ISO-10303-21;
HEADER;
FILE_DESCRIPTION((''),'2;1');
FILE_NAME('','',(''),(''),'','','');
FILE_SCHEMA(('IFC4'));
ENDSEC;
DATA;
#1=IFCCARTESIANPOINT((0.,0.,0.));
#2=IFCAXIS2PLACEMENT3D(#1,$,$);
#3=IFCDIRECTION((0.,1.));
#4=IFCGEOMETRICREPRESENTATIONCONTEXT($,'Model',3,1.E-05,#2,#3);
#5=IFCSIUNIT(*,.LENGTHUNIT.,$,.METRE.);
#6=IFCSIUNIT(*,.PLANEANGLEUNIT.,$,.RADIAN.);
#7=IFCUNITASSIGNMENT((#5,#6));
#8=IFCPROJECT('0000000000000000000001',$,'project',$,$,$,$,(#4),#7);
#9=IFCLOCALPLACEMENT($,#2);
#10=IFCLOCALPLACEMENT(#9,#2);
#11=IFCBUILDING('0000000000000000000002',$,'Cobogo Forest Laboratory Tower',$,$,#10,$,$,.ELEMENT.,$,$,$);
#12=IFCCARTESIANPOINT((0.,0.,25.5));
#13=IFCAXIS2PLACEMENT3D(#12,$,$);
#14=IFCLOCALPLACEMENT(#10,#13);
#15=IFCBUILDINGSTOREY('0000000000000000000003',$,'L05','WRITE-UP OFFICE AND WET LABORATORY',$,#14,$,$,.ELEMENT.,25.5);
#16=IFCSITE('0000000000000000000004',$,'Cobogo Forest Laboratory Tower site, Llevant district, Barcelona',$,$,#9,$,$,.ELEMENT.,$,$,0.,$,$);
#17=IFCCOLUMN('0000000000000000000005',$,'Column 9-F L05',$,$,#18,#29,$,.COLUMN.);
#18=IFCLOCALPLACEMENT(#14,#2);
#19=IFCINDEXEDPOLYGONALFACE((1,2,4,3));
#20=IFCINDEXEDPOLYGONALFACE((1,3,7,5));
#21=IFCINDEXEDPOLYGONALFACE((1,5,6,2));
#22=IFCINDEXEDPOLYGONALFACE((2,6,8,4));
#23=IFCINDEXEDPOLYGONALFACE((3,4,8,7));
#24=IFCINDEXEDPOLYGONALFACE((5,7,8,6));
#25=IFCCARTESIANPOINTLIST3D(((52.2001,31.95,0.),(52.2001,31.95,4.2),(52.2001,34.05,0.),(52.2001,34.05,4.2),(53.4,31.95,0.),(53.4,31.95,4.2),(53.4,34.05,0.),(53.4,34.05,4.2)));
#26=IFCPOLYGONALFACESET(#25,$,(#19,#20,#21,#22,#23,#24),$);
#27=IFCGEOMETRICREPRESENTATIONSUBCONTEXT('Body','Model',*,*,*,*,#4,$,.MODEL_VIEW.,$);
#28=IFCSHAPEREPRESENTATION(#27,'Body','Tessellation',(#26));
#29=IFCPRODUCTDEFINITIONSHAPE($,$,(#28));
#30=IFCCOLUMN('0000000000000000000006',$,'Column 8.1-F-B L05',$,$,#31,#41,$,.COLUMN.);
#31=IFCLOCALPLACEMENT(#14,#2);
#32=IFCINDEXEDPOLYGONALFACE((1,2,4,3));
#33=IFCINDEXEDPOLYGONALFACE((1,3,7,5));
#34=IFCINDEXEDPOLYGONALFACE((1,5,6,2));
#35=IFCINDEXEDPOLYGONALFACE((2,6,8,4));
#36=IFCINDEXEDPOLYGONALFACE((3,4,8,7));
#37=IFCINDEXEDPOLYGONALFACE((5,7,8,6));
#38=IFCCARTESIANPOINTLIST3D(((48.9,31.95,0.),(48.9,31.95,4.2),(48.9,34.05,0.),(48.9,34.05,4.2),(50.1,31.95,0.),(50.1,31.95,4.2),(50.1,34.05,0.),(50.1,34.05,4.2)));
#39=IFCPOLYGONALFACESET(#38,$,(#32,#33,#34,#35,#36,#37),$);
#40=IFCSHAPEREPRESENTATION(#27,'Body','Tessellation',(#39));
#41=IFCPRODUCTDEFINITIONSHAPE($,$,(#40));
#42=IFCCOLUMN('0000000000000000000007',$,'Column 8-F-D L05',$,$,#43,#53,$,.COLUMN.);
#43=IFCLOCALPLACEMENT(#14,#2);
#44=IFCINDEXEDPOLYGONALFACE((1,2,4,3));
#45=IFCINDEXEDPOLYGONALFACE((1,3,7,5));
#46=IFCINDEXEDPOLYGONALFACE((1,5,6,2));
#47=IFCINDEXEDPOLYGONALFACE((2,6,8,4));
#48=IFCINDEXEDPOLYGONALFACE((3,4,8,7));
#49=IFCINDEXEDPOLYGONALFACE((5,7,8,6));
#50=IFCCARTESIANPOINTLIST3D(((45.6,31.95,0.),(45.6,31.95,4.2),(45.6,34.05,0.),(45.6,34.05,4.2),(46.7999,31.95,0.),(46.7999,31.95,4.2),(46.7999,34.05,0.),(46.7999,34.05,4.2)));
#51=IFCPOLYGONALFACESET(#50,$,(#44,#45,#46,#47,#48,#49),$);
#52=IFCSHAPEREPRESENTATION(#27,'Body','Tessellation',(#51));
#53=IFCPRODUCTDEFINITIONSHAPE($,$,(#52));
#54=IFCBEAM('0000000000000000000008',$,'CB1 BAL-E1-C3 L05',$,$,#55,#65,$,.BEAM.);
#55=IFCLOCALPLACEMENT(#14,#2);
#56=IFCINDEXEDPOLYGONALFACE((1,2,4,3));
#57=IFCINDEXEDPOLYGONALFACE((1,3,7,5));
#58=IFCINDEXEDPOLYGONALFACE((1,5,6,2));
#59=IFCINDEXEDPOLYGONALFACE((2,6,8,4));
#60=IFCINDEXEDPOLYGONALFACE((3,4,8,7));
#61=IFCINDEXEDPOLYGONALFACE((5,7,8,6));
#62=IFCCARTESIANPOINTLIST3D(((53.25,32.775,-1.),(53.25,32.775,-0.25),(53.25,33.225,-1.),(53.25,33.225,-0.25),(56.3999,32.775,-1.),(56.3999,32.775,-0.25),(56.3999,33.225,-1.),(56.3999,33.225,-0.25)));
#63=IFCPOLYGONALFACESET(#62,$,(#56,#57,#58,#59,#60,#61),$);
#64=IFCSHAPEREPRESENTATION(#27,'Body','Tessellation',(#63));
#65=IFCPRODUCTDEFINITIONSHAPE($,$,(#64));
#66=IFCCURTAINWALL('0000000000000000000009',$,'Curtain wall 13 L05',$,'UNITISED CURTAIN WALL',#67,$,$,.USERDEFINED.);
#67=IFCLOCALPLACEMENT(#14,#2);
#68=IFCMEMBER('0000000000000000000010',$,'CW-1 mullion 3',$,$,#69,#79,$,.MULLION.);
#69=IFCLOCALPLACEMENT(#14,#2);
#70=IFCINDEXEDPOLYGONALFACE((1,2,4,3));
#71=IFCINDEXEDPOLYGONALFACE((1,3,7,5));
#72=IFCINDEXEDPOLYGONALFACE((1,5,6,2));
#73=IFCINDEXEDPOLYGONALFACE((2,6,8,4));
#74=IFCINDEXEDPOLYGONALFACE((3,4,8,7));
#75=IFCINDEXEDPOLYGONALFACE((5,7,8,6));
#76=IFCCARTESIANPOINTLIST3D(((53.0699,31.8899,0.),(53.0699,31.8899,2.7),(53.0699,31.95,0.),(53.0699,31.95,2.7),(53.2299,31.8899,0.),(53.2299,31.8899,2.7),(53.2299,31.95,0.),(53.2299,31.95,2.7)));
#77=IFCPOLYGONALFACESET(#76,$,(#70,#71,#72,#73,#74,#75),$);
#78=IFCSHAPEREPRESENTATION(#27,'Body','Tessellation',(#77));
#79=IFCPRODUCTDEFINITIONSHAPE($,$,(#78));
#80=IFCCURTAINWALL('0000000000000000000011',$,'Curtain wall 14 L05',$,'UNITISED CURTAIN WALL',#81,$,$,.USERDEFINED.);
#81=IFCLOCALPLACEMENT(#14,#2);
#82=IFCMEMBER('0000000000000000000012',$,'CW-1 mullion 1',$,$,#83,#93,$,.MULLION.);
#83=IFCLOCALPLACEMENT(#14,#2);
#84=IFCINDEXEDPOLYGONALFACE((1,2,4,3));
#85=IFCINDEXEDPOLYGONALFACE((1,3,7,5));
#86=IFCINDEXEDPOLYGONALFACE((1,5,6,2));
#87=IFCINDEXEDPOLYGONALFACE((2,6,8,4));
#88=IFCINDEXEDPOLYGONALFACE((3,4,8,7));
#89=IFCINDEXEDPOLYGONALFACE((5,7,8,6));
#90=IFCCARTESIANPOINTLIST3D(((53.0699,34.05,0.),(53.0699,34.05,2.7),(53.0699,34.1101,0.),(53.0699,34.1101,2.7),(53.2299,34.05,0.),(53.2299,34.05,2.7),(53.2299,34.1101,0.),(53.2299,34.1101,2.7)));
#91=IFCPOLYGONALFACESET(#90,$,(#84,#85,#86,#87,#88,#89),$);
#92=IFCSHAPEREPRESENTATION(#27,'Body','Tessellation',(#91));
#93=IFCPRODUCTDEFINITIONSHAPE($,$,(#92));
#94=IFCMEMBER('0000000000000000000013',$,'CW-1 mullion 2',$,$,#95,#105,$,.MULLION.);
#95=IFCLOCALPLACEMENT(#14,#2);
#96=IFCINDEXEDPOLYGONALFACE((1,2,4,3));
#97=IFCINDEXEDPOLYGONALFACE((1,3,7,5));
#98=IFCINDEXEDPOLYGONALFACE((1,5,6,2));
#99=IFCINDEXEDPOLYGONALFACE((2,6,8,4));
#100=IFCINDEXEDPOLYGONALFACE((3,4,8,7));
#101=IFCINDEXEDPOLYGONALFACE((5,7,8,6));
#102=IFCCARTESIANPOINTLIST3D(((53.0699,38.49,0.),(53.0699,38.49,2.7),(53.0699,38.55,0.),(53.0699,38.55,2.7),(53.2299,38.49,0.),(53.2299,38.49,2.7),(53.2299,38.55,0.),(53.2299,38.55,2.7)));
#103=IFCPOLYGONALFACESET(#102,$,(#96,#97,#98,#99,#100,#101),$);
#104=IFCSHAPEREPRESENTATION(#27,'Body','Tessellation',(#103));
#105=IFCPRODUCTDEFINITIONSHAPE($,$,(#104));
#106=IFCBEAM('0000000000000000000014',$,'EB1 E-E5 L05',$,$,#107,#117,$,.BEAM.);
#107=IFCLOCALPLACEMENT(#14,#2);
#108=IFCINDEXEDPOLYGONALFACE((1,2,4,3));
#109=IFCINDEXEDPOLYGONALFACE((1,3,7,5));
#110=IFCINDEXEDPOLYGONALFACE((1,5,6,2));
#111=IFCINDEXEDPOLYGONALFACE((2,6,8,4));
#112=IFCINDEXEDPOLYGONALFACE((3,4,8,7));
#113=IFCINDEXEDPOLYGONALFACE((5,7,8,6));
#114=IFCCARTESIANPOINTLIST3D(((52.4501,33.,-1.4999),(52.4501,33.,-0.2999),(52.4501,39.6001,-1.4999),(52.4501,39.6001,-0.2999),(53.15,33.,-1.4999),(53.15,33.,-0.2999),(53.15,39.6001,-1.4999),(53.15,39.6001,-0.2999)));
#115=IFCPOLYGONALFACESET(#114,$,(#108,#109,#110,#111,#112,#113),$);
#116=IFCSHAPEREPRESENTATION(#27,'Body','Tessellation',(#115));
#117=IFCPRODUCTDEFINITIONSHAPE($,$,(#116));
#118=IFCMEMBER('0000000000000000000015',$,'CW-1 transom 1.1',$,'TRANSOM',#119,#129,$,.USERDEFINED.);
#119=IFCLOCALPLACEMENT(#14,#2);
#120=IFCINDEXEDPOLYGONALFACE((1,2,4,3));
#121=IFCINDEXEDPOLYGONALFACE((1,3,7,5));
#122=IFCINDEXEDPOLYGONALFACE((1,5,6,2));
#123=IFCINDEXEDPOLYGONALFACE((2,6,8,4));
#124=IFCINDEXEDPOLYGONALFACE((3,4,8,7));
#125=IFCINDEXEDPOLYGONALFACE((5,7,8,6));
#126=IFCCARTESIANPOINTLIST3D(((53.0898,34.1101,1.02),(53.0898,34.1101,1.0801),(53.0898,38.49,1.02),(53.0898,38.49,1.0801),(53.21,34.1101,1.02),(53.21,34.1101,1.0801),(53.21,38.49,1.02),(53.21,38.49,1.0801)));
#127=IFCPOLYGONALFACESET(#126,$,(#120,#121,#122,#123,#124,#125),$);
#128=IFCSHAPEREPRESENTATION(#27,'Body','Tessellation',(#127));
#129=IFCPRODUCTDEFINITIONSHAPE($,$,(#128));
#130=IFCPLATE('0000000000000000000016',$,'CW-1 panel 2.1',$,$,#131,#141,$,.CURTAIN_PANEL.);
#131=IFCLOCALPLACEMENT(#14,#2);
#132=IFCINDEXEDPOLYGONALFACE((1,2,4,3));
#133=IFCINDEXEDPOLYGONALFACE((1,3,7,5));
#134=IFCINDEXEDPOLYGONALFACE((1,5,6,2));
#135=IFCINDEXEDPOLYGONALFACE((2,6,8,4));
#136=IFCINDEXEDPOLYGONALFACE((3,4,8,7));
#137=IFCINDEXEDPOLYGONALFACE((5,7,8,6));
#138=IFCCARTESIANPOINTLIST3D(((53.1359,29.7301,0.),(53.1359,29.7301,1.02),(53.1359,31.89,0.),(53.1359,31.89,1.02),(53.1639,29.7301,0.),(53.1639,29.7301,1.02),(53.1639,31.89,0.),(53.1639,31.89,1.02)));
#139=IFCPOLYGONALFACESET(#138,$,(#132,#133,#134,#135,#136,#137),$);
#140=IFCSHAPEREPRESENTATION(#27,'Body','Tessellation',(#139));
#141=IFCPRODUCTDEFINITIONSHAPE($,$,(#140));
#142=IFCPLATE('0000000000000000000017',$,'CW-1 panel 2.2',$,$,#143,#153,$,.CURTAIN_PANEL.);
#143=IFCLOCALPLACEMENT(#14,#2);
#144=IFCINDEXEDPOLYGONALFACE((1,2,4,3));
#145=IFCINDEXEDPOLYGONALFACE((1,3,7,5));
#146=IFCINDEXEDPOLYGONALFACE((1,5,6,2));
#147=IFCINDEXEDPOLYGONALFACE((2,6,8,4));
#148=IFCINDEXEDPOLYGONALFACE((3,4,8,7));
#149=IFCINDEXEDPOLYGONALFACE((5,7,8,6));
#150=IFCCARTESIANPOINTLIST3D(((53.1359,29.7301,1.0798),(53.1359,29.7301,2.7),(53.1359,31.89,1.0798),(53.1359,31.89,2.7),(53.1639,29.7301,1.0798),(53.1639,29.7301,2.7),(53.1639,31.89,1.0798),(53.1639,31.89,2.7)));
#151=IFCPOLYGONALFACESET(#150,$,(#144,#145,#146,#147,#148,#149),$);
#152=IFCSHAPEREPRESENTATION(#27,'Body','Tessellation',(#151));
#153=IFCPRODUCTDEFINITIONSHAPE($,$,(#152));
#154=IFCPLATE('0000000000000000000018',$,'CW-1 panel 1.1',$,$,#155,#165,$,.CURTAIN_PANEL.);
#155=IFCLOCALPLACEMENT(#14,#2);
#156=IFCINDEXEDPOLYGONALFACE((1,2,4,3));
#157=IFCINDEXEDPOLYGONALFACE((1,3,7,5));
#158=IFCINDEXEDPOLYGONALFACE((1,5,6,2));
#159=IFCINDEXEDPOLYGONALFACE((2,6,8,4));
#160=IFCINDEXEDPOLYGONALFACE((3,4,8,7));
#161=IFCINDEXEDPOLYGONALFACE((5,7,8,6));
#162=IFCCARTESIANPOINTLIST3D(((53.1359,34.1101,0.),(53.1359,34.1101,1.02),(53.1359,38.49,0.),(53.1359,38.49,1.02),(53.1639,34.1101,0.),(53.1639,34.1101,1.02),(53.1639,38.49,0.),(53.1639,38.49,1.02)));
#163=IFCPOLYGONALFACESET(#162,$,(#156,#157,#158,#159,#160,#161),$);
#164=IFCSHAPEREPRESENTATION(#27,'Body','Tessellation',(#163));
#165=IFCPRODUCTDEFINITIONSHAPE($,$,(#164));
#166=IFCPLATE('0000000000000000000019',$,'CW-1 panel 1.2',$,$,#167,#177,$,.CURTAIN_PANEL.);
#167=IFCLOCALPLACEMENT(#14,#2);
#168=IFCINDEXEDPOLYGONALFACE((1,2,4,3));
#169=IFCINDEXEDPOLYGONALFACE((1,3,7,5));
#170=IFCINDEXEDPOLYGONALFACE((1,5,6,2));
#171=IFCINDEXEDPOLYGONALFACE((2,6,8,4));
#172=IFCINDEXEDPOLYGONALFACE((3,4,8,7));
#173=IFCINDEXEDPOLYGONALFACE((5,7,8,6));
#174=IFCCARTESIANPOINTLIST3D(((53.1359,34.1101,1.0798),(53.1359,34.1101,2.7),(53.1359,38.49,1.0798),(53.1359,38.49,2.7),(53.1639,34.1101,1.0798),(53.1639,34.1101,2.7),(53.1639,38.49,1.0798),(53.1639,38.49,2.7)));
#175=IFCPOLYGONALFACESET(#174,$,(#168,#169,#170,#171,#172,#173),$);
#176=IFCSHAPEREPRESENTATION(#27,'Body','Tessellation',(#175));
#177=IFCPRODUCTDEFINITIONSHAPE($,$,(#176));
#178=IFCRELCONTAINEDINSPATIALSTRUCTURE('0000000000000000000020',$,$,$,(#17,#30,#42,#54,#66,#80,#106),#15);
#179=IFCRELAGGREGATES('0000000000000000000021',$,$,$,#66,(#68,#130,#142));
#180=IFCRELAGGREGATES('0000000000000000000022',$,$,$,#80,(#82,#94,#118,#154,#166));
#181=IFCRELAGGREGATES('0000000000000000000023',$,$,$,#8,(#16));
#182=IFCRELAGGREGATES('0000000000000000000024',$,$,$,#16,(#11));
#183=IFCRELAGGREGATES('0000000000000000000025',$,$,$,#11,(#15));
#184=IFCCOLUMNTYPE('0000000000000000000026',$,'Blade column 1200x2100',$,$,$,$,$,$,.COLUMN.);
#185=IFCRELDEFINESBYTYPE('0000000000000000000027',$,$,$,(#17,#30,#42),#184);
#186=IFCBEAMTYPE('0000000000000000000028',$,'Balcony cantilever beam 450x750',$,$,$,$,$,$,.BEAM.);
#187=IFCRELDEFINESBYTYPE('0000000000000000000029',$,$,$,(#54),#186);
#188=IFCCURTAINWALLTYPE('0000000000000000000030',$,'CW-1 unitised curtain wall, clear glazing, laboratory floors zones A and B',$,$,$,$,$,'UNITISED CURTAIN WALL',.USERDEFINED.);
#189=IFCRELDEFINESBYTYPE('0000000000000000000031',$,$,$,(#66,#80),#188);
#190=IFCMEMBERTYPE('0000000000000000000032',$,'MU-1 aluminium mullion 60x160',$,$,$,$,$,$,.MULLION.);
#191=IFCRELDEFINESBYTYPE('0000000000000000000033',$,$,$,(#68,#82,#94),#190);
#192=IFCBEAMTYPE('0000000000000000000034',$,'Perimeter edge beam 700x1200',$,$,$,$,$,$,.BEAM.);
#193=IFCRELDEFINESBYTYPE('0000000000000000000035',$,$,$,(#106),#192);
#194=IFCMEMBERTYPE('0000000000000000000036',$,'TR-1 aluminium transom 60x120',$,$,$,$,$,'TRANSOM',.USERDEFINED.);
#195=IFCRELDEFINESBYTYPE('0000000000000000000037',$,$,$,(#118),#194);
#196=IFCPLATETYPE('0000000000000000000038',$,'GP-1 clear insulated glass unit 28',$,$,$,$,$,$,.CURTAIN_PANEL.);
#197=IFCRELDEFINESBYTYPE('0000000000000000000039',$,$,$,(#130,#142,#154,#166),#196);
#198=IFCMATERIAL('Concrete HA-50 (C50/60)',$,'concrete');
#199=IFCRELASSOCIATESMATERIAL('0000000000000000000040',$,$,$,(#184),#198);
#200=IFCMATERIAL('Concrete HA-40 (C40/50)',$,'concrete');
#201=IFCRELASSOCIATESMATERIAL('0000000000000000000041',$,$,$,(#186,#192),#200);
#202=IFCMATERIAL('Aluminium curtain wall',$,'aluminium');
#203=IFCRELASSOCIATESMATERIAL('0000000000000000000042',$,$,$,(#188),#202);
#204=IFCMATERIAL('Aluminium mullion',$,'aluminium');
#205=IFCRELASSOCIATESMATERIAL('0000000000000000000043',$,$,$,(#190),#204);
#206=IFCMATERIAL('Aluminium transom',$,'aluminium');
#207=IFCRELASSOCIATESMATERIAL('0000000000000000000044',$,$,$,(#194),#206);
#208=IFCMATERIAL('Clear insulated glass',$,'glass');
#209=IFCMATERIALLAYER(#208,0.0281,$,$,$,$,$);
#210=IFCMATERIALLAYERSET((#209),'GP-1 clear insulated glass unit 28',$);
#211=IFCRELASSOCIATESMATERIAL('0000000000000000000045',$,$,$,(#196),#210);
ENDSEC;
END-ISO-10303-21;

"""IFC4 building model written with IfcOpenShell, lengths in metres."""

from ifc_helpers import new_model, si_unit, direction, frame, origin, origin_2d, place, context, subcontext, project, spatial, rectangle, extrude, material, layer, layer_set, material_profile, profile_set, type_object, element, aggregate, save


model = new_model("IFC4")

# Units and contexts
model_context = context("Model", 3, precision=1e-05, world=origin(), true_north=direction((0.0, 1.0)))
body_context = subcontext(model_context, "Body", "Model", "MODEL_VIEW")
ifc_project = project(units=[si_unit("LENGTHUNIT", "METRE"), si_unit("PLANEANGLEUNIT", "RADIAN")], contexts=[model_context])

# Site, building, storey
site_placement = place(None, origin())
site = spatial("IfcSite", under=ifc_project, at=site_placement, Name="Cobogo Forest Laboratory Tower site, Llevant district, Barcelona", CompositionType="ELEMENT", RefElevation=0.0)
building_placement = place(site_placement, origin())
building = spatial("IfcBuilding", under=site, at=building_placement, Name="Cobogo Forest Laboratory Tower", CompositionType="ELEMENT")
storey_placement = place(building_placement, frame((0.0, 0.0, 25.5)))
storey = spatial("IfcBuildingStorey", under=building, at=storey_placement, Name="L05", Description="WRITE-UP OFFICE AND WET LABORATORY", CompositionType="ELEMENT", Elevation=25.5)

# Columns
ifc_material_1 = material(Name="Concrete HA-50 (C50/60)", Category="concrete")
ifc_material_profile_1 = material_profile(ifc_material_1, rectangle(XDim=2.1001, YDim=1.2, at=origin_2d()), Name="RC 1200x2100")
ifc_profile_set_1 = profile_set([ifc_material_profile_1], Name="Concrete HA-50 (C50/60)")
column_type = type_object("IfcColumnType", Name="Blade column 1200x2100", PredefinedType="COLUMN", material=ifc_profile_set_1)
for number, where, z_axis, x_axis, name in (
    (1, (52.8, 33.0, 0.0), (0.0, 0.0, 1.0), (0.0, 1.0, 0.0), "Column 9-F L05"),
    (2, (49.5, 33.0, 0.0), (0.0, 0.0, 1.0), (0.0, 1.0, 0.0), "Column 8.1-F-B L05"),
    (3, (46.2, 33.0, 0.0), (0.0, 0.0, 1.0), (0.0, 1.0, 0.0), "Column 8-F-D L05"),
):
    element("IfcColumn", number, at=place(storey_placement, frame(where, z_axis=z_axis, x_axis=x_axis)), inside=storey, type_object=column_type, Name=name, PredefinedType="COLUMN", context=body_context, shape_type="SweptSolid", body=[
        extrude(rectangle(XDim=2.1001, YDim=1.2, at=origin_2d()), origin(), (0.0, 0.0, 1.0), 4.2),
    ])

# Beam
ifc_material_2 = material(Name="Concrete HA-40 (C40/50)", Category="concrete")
ifc_material_profile_2 = material_profile(ifc_material_2, rectangle(XDim=0.45, YDim=0.75, at=origin_2d()), Name="RC 450x750")
ifc_profile_set_2 = profile_set([ifc_material_profile_2], Name="Concrete HA-40 (C40/50)")
beam_type_1 = type_object("IfcBeamType", Name="Balcony cantilever beam 450x750", PredefinedType="BEAM", material=ifc_profile_set_2)
beam_1_placement = place(storey_placement, frame((53.25, 33.0, -0.625), z_axis=(1.0, 0.0, 0.0), x_axis=(0.0, 1.0, 0.0)))
element("IfcBeam", 4, at=beam_1_placement, inside=storey, type_object=beam_type_1, Name="CB1 BAL-E1-C3 L05", PredefinedType="BEAM", context=body_context, shape_type="SweptSolid", body=[
    extrude(rectangle(XDim=0.45, YDim=0.75, at=origin_2d()), origin(), (0.0, 0.0, 1.0), 3.1499),
])

# Curtain wall, member
ifc_material_3 = material(Name="Aluminium curtain wall", Category="aluminium")
curtain_wall_type = type_object("IfcCurtainWallType", Name="CW-1 unitised curtain wall, clear glazing, laboratory floors zones A and B", ElementType="UNITISED CURTAIN WALL", PredefinedType="USERDEFINED", material=ifc_material_3)
curtain_wall_1_placement = place(storey_placement, origin())
curtain_wall_1 = element("IfcCurtainWall", 5, at=curtain_wall_1_placement, inside=storey, type_object=curtain_wall_type, Name="Curtain wall 13 L05", ObjectType="UNITISED CURTAIN WALL", PredefinedType="USERDEFINED")
ifc_material_4 = material(Name="Aluminium mullion", Category="aluminium")
ifc_material_profile_3 = material_profile(ifc_material_4, rectangle(XDim=0.0601, YDim=0.1599, at=origin_2d()), Name="AL 60x160")
ifc_profile_set_3 = profile_set([ifc_material_profile_3], Name="Aluminium mullion")
member_type_1 = type_object("IfcMemberType", Name="MU-1 aluminium mullion 60x160", PredefinedType="MULLION", material=ifc_profile_set_3)
member_1_placement = place(storey_placement, frame((53.1499, 31.9199, 0.0), z_axis=(0.0, 0.0, 1.0), x_axis=(0.0, 1.0, 0.0)))
member_1 = element("IfcMember", 6, at=member_1_placement, type_object=member_type_1, Name="CW-1 mullion 3", PredefinedType="MULLION", context=body_context, shape_type="SweptSolid", body=[
    extrude(rectangle(XDim=0.0601, YDim=0.1599, at=origin_2d()), origin(), (0.0, 0.0, 1.0), 2.7),
])

# Curtain wall, members
curtain_wall_2_placement = place(storey_placement, origin())
curtain_wall_2 = element("IfcCurtainWall", 7, at=curtain_wall_2_placement, inside=storey, type_object=curtain_wall_type, Name="Curtain wall 14 L05", ObjectType="UNITISED CURTAIN WALL", PredefinedType="USERDEFINED")
member_2_placement = place(storey_placement, frame((53.1499, 34.0801, 0.0), z_axis=(0.0, 0.0, 1.0), x_axis=(0.0, 1.0, 0.0)))
member_2 = element("IfcMember", 8, at=member_2_placement, type_object=member_type_1, Name="CW-1 mullion 1", PredefinedType="MULLION", context=body_context, shape_type="SweptSolid", body=[
    extrude(rectangle(XDim=0.0601, YDim=0.1599, at=origin_2d()), origin(), (0.0, 0.0, 1.0), 2.7),
])
member_3_placement = place(storey_placement, frame((53.1499, 38.52, 0.0), z_axis=(0.0, 0.0, 1.0), x_axis=(0.0, 1.0, 0.0)))
member_3 = element("IfcMember", 9, at=member_3_placement, type_object=member_type_1, Name="CW-1 mullion 2", PredefinedType="MULLION", context=body_context, shape_type="SweptSolid", body=[
    extrude(rectangle(XDim=0.0601, YDim=0.1599, at=origin_2d()), origin(), (0.0, 0.0, 1.0), 2.7),
])

# Beam
ifc_material_profile_4 = material_profile(ifc_material_2, rectangle(XDim=0.7, YDim=1.2, at=origin_2d()), Name="RC 700x1200")
ifc_profile_set_4 = profile_set([ifc_material_profile_4], Name="Concrete HA-40 (C40/50)")
beam_type_2 = type_object("IfcBeamType", Name="Perimeter edge beam 700x1200", PredefinedType="BEAM", material=ifc_profile_set_4)
beam_2_placement = place(storey_placement, frame((52.8, 33.0, -0.8999), z_axis=(0.0, 1.0, 0.0), x_axis=(-1.0, 0.0, 0.0)))
element("IfcBeam", 10, at=beam_2_placement, inside=storey, type_object=beam_type_2, Name="EB1 E-E5 L05", PredefinedType="BEAM", context=body_context, shape_type="SweptSolid", body=[
    extrude(rectangle(XDim=0.7, YDim=1.2, at=origin_2d()), origin(), (0.0, 0.0, 1.0), 6.6001),
])

# Member
ifc_material_5 = material(Name="Aluminium transom", Category="aluminium")
ifc_material_profile_5 = material_profile(ifc_material_5, rectangle(XDim=0.1201, YDim=0.0601, at=origin_2d()), Name="AL 60x120")
ifc_profile_set_5 = profile_set([ifc_material_profile_5], Name="Aluminium transom")
member_type_2 = type_object("IfcMemberType", Name="TR-1 aluminium transom 60x120", ElementType="TRANSOM", PredefinedType="USERDEFINED", material=ifc_profile_set_5)
member_4_placement = place(storey_placement, frame((53.1499, 34.1101, 1.05), z_axis=(0.0, 1.0, 0.0), x_axis=(-1.0, 0.0, 0.0)))
member_4 = element("IfcMember", 11, at=member_4_placement, type_object=member_type_2, Name="CW-1 transom 1.1", ObjectType="TRANSOM", PredefinedType="USERDEFINED", context=body_context, shape_type="SweptSolid", body=[
    extrude(rectangle(XDim=0.1201, YDim=0.0601, at=origin_2d()), origin(), (0.0, 0.0, 1.0), 4.3799),
])

# Plates
ifc_material_6 = material(Name="Clear insulated glass", Category="glass")
ifc_layer_1 = layer(ifc_material_6, 0.0281)
ifc_layer_set_1 = layer_set([ifc_layer_1], Name="GP-1 clear insulated glass unit 28")
plate_type_1 = type_object("IfcPlateType", Name="GP-1 clear insulated glass unit 28", PredefinedType="CURTAIN_PANEL", material=ifc_layer_set_1)
plate_1_placement = place(storey_placement, frame((53.1499, 30.8101, 0.0), z_axis=(0.0, 0.0, 1.0), x_axis=(0.0, 1.0, 0.0)))
plate_1 = element("IfcPlate", 12, at=plate_1_placement, type_object=plate_type_1, Name="CW-1 panel 2.1", PredefinedType="CURTAIN_PANEL", context=body_context, shape_type="SweptSolid", body=[
    extrude(rectangle(XDim=2.1599, YDim=0.0281, at=origin_2d()), origin(), (0.0, 0.0, 1.0), 1.02),
])
plate_2_placement = place(storey_placement, frame((53.1499, 30.8101, 1.0798), z_axis=(0.0, 0.0, 1.0), x_axis=(0.0, 1.0, 0.0)))
plate_2 = element("IfcPlate", 13, at=plate_2_placement, type_object=plate_type_1, Name="CW-1 panel 2.2", PredefinedType="CURTAIN_PANEL", context=body_context, shape_type="SweptSolid", body=[
    extrude(rectangle(XDim=2.1599, YDim=0.0281, at=origin_2d()), origin(), (0.0, 0.0, 1.0), 1.6201),
])
aggregate(curtain_wall_1, [member_1, plate_1, plate_2])
plate_3_placement = place(storey_placement, frame((53.1499, 36.3, 0.0), z_axis=(0.0, 0.0, 1.0), x_axis=(0.0, 1.0, 0.0)))
plate_3 = element("IfcPlate", 14, at=plate_3_placement, type_object=plate_type_1, Name="CW-1 panel 1.1", PredefinedType="CURTAIN_PANEL", context=body_context, shape_type="SweptSolid", body=[
    extrude(rectangle(XDim=4.3799, YDim=0.0281, at=origin_2d()), origin(), (0.0, 0.0, 1.0), 1.02),
])
plate_4_placement = place(storey_placement, frame((53.1499, 36.3, 1.0798), z_axis=(0.0, 0.0, 1.0), x_axis=(0.0, 1.0, 0.0)))
plate_4 = element("IfcPlate", 15, at=plate_4_placement, type_object=plate_type_1, Name="CW-1 panel 1.2", PredefinedType="CURTAIN_PANEL", context=body_context, shape_type="SweptSolid", body=[
    extrude(rectangle(XDim=4.3799, YDim=0.0281, at=origin_2d()), origin(), (0.0, 0.0, 1.0), 1.6201),
])
aggregate(curtain_wall_2, [member_2, member_3, member_4, plate_3, plate_4])

save(model, "model.ifc")
